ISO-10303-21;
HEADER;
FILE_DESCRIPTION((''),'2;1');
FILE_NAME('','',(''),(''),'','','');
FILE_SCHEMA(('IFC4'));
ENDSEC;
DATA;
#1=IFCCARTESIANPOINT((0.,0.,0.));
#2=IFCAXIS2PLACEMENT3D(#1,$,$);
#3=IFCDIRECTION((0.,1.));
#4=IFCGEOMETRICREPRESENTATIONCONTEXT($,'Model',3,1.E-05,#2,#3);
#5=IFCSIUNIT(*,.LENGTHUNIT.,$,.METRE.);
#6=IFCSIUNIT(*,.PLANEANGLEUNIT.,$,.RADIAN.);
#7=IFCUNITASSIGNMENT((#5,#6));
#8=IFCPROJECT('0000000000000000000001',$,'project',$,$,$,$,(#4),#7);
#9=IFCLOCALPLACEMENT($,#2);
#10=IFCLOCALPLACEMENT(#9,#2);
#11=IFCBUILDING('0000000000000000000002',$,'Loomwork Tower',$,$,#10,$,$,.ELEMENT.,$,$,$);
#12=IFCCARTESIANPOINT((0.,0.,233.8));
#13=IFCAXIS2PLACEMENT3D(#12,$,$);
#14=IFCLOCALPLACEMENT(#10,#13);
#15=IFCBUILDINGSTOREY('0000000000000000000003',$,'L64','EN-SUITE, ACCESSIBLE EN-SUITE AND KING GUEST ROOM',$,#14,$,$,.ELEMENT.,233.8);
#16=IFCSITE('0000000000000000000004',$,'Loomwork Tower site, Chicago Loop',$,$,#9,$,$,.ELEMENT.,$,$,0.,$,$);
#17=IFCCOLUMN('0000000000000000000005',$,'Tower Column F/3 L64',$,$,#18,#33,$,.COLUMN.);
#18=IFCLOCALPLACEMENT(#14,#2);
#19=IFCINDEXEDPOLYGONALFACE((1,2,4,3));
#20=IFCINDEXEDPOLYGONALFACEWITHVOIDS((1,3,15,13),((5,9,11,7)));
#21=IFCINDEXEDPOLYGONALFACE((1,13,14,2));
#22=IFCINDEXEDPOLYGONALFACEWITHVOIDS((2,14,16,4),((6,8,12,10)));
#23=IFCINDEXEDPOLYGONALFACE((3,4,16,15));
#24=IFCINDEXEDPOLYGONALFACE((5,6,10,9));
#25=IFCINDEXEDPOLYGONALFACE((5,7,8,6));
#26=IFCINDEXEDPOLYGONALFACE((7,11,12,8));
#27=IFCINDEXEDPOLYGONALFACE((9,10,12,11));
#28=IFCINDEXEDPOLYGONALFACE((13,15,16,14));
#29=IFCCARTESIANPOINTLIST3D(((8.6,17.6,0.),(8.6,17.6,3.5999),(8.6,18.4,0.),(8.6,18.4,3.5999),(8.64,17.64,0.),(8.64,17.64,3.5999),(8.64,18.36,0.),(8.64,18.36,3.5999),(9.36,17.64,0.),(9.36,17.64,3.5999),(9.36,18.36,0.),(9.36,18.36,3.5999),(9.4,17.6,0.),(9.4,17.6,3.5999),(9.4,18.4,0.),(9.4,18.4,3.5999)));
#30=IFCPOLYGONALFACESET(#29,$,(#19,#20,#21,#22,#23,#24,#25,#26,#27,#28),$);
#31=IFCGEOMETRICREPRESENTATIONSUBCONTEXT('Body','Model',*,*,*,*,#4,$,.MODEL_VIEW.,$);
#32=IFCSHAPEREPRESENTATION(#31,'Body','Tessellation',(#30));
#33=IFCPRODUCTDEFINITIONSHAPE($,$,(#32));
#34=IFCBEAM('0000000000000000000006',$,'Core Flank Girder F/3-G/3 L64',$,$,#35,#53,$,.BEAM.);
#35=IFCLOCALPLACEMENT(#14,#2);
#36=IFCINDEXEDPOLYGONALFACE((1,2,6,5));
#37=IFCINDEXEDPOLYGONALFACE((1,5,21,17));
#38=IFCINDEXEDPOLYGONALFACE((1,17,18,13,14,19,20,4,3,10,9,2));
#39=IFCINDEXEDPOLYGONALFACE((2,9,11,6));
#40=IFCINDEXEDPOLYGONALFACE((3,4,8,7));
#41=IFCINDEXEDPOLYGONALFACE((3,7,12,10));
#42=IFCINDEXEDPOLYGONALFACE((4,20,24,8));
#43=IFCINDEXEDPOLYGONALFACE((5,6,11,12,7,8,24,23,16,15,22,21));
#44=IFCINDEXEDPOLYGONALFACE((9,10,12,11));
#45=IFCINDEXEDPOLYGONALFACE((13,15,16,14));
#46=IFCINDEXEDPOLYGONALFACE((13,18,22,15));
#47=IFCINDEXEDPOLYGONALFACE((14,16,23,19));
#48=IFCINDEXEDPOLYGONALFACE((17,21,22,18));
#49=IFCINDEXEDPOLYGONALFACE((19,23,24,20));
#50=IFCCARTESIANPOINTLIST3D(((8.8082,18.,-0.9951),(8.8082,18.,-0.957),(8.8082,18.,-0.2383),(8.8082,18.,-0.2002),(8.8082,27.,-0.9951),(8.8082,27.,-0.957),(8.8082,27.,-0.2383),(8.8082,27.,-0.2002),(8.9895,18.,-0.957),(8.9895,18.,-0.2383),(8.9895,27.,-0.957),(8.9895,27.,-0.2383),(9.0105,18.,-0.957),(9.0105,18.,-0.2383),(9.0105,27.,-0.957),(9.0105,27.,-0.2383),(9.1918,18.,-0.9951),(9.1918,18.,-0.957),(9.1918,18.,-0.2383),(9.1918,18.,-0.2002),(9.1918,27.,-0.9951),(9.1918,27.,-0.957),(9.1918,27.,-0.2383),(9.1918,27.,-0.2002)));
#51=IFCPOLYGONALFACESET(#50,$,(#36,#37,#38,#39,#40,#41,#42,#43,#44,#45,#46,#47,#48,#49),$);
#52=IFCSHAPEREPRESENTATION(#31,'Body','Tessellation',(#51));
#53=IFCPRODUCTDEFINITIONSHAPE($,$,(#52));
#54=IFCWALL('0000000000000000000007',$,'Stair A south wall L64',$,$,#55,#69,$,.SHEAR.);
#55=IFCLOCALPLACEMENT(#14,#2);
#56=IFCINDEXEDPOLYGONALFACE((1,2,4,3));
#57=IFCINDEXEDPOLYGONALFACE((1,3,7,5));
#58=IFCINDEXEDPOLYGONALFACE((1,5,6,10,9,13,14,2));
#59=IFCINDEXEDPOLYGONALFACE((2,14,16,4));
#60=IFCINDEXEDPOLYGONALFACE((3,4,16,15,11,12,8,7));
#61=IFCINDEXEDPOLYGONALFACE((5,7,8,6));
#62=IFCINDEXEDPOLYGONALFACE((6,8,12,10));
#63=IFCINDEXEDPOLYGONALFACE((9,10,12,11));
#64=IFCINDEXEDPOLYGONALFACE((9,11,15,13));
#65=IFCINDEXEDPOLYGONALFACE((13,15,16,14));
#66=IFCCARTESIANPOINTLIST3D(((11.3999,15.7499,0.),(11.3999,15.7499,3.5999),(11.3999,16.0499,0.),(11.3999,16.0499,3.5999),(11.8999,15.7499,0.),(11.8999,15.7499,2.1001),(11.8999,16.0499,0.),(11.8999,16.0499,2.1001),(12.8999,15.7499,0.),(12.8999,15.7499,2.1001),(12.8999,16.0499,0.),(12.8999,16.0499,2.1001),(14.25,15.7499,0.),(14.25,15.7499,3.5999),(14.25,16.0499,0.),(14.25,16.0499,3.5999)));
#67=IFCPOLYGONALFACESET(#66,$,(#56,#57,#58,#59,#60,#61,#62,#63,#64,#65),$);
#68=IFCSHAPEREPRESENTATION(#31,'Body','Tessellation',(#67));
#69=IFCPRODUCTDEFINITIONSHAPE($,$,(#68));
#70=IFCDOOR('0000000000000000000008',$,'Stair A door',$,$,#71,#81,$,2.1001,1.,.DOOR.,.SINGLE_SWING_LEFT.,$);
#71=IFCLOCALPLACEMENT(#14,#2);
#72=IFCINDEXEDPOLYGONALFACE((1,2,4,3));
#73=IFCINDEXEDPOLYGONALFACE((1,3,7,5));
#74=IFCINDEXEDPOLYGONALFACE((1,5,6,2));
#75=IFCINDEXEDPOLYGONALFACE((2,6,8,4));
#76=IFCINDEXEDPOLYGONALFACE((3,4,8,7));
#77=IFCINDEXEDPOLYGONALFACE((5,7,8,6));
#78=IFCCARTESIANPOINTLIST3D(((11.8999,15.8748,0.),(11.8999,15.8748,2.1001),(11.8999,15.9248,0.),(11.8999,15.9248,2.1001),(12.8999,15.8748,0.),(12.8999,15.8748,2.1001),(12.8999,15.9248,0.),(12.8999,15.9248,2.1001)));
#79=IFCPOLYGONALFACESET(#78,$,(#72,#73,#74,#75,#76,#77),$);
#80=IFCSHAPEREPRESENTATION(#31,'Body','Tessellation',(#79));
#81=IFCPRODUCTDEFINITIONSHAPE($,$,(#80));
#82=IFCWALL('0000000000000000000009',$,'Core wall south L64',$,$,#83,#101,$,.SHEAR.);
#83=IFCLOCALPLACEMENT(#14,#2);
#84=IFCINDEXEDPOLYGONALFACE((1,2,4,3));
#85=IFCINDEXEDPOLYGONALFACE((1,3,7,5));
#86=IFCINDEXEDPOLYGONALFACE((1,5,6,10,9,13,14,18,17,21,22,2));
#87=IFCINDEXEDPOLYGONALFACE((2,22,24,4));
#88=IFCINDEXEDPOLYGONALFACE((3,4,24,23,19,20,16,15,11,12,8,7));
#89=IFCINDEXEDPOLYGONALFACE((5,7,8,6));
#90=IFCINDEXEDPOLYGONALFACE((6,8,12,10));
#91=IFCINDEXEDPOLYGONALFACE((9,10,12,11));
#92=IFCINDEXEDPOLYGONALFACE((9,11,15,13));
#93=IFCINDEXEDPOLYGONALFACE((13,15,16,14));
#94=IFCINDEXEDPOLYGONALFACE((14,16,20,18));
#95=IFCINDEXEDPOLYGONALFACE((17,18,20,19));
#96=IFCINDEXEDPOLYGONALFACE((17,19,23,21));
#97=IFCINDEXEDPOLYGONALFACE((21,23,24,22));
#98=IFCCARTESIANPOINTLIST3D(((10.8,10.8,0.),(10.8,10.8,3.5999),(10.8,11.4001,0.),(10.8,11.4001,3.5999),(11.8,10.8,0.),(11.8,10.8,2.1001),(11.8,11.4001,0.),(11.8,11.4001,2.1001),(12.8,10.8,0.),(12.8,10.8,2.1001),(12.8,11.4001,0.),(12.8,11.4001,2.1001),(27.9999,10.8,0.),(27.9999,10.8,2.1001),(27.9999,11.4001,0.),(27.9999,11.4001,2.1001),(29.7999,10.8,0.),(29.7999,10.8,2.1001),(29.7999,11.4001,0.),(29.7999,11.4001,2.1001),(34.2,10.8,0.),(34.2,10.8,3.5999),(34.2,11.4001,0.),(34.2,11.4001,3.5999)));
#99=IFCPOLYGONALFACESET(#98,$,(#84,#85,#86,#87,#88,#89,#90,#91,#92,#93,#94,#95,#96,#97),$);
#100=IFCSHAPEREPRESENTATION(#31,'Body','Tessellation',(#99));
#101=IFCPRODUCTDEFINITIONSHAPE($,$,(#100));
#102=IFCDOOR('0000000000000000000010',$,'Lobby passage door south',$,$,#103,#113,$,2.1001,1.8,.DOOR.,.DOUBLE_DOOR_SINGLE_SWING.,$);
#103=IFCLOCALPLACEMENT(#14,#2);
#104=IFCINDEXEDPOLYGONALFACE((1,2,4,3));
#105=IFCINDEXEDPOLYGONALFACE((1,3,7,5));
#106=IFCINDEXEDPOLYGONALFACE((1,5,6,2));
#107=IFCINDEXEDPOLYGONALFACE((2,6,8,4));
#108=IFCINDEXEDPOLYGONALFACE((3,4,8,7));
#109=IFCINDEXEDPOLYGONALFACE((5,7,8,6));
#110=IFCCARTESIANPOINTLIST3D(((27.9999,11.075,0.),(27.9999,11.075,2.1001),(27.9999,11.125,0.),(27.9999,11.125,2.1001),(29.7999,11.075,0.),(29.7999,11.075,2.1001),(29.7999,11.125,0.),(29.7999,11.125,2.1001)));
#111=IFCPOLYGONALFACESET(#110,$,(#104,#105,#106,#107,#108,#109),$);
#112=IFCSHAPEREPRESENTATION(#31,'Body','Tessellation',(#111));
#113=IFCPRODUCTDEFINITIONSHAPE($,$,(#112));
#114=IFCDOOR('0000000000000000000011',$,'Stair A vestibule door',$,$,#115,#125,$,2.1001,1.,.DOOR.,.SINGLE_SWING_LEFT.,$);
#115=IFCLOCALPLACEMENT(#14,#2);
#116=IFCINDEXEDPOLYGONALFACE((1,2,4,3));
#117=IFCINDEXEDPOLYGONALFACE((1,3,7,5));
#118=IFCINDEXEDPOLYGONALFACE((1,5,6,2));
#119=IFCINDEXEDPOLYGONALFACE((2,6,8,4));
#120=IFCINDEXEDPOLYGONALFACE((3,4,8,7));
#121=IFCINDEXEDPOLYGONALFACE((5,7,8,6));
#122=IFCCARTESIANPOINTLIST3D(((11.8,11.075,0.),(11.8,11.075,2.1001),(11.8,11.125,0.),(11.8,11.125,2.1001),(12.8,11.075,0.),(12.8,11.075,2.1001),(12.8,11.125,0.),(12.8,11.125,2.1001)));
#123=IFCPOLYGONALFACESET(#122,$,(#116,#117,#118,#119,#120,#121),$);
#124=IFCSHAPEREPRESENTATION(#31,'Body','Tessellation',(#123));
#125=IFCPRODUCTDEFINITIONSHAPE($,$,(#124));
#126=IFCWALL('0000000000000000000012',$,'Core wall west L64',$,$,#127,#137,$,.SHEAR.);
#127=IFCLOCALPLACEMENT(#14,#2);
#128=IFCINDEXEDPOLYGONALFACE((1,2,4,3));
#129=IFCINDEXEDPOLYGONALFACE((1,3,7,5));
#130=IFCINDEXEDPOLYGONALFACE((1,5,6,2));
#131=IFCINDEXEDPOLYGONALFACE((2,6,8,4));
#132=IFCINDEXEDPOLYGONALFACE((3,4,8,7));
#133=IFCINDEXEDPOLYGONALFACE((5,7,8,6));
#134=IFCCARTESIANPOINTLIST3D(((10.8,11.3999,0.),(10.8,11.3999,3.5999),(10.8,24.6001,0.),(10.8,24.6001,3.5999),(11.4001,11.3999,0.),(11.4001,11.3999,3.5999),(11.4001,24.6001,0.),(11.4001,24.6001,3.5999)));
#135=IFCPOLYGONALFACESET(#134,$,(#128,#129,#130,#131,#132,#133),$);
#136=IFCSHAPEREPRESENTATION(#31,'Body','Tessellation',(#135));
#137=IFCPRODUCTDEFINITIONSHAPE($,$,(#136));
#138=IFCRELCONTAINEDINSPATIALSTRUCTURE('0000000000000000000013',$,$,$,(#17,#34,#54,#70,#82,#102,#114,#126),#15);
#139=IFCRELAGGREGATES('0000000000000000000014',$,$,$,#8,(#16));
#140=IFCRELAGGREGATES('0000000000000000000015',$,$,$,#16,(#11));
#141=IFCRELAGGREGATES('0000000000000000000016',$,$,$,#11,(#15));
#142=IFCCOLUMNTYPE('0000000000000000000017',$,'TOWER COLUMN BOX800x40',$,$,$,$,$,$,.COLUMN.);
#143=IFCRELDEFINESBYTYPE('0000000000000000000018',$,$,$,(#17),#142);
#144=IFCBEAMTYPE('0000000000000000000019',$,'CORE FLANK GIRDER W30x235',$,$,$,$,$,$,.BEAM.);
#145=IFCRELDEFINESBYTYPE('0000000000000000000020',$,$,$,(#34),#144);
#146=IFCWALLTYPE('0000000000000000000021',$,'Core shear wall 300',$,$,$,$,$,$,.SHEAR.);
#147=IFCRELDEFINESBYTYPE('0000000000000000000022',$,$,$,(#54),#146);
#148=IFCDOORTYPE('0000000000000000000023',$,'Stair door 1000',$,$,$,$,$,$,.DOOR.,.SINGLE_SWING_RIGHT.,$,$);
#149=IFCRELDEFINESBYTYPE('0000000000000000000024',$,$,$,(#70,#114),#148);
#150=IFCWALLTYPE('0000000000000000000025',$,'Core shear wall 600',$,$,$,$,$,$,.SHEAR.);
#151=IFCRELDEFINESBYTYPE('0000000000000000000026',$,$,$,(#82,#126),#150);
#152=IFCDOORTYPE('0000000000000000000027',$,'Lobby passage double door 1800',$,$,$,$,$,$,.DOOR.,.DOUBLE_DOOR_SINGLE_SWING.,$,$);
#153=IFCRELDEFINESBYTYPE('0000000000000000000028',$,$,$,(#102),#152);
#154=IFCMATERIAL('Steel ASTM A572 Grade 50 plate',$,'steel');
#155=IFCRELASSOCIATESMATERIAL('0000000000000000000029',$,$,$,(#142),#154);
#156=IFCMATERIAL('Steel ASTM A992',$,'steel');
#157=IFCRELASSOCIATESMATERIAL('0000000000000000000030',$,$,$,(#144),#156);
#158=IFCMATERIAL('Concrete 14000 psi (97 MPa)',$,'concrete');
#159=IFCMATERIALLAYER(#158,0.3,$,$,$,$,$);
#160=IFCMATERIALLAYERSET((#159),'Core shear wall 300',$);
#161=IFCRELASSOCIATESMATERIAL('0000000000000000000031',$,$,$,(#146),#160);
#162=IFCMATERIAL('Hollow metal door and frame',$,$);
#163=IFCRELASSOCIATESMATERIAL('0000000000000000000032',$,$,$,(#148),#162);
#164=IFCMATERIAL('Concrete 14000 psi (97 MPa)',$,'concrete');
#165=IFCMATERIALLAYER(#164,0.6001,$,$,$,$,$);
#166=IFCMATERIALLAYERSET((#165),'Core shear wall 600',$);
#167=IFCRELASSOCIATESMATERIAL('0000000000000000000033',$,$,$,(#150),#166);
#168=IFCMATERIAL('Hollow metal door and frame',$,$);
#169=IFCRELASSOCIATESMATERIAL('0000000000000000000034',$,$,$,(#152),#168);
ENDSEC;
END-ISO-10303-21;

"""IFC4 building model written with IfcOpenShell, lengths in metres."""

from ifc_helpers import new_model, si_unit, direction, frame, frame_2d, origin, origin_2d, place, context, subcontext, project, spatial, rectangle, hollow_rectangle, i_section, extrude, material, layer, layer_set, material_profile, profile_set, type_object, element, fill, save


model = new_model("IFC4")

# Units and contexts
model_context = context("Model", 3, precision=1e-05, world=origin(), true_north=direction((0.0, 1.0)))
body_context = subcontext(model_context, "Body", "Model", "MODEL_VIEW")
ifc_project = project(units=[si_unit("LENGTHUNIT", "METRE"), si_unit("PLANEANGLEUNIT", "RADIAN")], contexts=[model_context])

# Site, building, storey
site_placement = place(None, origin())
site = spatial("IfcSite", under=ifc_project, at=site_placement, Name="Loomwork Tower site, Chicago Loop", CompositionType="ELEMENT", RefElevation=0.0)
building_placement = place(site_placement, origin())
building = spatial("IfcBuilding", under=site, at=building_placement, Name="Loomwork Tower", CompositionType="ELEMENT")
storey_placement = place(building_placement, frame((0.0, 0.0, 233.8)))
storey = spatial("IfcBuildingStorey", under=building, at=storey_placement, Name="L64", Description="EN-SUITE, ACCESSIBLE EN-SUITE AND KING GUEST ROOM", CompositionType="ELEMENT", Elevation=233.8)

# Column
ifc_material_1 = material(Name="Steel ASTM A572 Grade 50 plate", Category="steel")
ifc_material_profile_1 = material_profile(ifc_material_1, hollow_rectangle(XDim=0.8, YDim=0.8, WallThickness=0.04, at=origin_2d()), Name="BOX800x40")
ifc_profile_set_1 = profile_set([ifc_material_profile_1], Name="Steel ASTM A572 Grade 50 plate")
column_type = type_object("IfcColumnType", Name="TOWER COLUMN BOX800x40", PredefinedType="COLUMN", material=ifc_profile_set_1)
column_placement = place(storey_placement, frame((9.0, 18.0, 0.0), z_axis=(0.0, 0.0, 1.0), x_axis=(1.0, 0.0, 0.0)))
element("IfcColumn", 1, at=column_placement, inside=storey, type_object=column_type, Name="Tower Column F/3 L64", PredefinedType="COLUMN", context=body_context, shape_type="SweptSolid", body=[
    extrude(hollow_rectangle(XDim=0.8, YDim=0.8, WallThickness=0.04, at=origin_2d()), origin(), (0.0, 0.0, 1.0), 3.5999),
])

# Beam
ifc_material_2 = material(Name="Steel ASTM A992", Category="steel")
ifc_material_profile_2 = material_profile(ifc_material_2, i_section(OverallWidth=0.3835, OverallDepth=0.7949, WebThickness=0.021, FlangeThickness=0.0381, at=origin_2d()), Name="W30x235")
ifc_profile_set_2 = profile_set([ifc_material_profile_2], Name="Steel ASTM A992")
beam_type = type_object("IfcBeamType", Name="CORE FLANK GIRDER W30x235", PredefinedType="BEAM", material=ifc_profile_set_2)
beam_placement = place(storey_placement, frame((9.0, 18.0, -0.5977), z_axis=(0.0, 1.0, 0.0), x_axis=(-1.0, 0.0, 0.0)))
element("IfcBeam", 2, at=beam_placement, inside=storey, type_object=beam_type, Name="Core Flank Girder F/3-G/3 L64", PredefinedType="BEAM", context=body_context, shape_type="SweptSolid", body=[
    extrude(i_section(OverallWidth=0.3835, OverallDepth=0.7949, WebThickness=0.021, FlangeThickness=0.0381, at=origin_2d()), origin(), (0.0, 0.0, 1.0), 9.0),
])

# Wall, opening, door
ifc_material_3 = material(Name="Concrete 14000 psi (97 MPa)", Category="concrete")
ifc_layer_1 = layer(ifc_material_3, 0.3)
ifc_layer_set_1 = layer_set([ifc_layer_1], Name="Core shear wall 300")
wall_type_1 = type_object("IfcWallType", Name="Core shear wall 300", PredefinedType="SHEAR", material=ifc_layer_set_1)
wall_1_placement = place(storey_placement, frame((11.3999, 15.8999, 0.0), z_axis=(0.0, 0.0, 1.0), x_axis=(1.0, 0.0, 0.0)))
wall_1 = element("IfcWall", 3, at=wall_1_placement, inside=storey, type_object=wall_type_1, Name="Stair A south wall L64", PredefinedType="SHEAR", context=body_context, shape_type="SweptSolid", body=[
    extrude(rectangle(XDim=2.8501, YDim=0.3, at=frame_2d((1.425, 0.0))), origin(), (0.0, 0.0, 1.0), 3.5999),
])
opening_1_placement = place(wall_1_placement, frame((0.5, 0.0, 0.0)))
opening_1 = element("IfcOpeningElement", 4, at=opening_1_placement, cuts=wall_1, PredefinedType="OPENING", context=body_context, shape_type="SweptSolid", body=[
    extrude(rectangle(XDim=1.0, YDim=2.1001, at=frame_2d((0.5, 1.05))), frame((0.0, 0.1599, 0.0), z_axis=(0.0, -1.0, 0.0), x_axis=(1.0, 0.0, 0.0)), (0.0, 0.0, 1.0), 0.3201),
])
ifc_material_4 = material(Name="Hollow metal door and frame")
door_type_1 = type_object("IfcDoorType", Name="Stair door 1000", OperationType="SINGLE_SWING_RIGHT", PredefinedType="DOOR", material=ifc_material_4)
door_1_placement = place(opening_1_placement, origin())
door_1 = element("IfcDoor", 5, at=door_1_placement, inside=storey, type_object=door_type_1, Name="Stair A door", OperationType="SINGLE_SWING_LEFT", OverallHeight=2.1001, OverallWidth=1.0, PredefinedType="DOOR", context=body_context, shape_type="SweptSolid", body=[
    extrude(rectangle(XDim=1.0, YDim=2.1001, at=frame_2d((0.5, 1.05))), frame((0.0, 0.0249, 0.0), z_axis=(0.0, -1.0, 0.0), x_axis=(1.0, 0.0, 0.0)), (0.0, 0.0, 1.0), 0.05),
])
fill(opening_1, door_1)

# Wall, openings, doors
ifc_material_5 = material(Name="Concrete 14000 psi (97 MPa)", Category="concrete")
ifc_layer_2 = layer(ifc_material_5, 0.6001)
ifc_layer_set_2 = layer_set([ifc_layer_2], Name="Core shear wall 600")
wall_type_2 = type_object("IfcWallType", Name="Core shear wall 600", PredefinedType="SHEAR", material=ifc_layer_set_2)
wall_2_placement = place(storey_placement, frame((10.8, 11.1001, 0.0), z_axis=(0.0, 0.0, 1.0), x_axis=(1.0, 0.0, 0.0)))
wall_2 = element("IfcWall", 6, at=wall_2_placement, inside=storey, type_object=wall_type_2, Name="Core wall south L64", PredefinedType="SHEAR", context=body_context, shape_type="SweptSolid", body=[
    extrude(rectangle(XDim=23.3999, YDim=0.6001, at=frame_2d((11.7, 0.0))), origin(), (0.0, 0.0, 1.0), 3.5999),
])
opening_2_placement = place(wall_2_placement, frame((1.0, 0.0, 0.0)))
opening_2 = element("IfcOpeningElement", 7, at=opening_2_placement, cuts=wall_2, PredefinedType="OPENING", context=body_context, shape_type="SweptSolid", body=[
    extrude(rectangle(XDim=1.0, YDim=2.1001, at=frame_2d((0.5, 1.05))), frame((0.0, 0.3101, 0.0), z_axis=(0.0, -1.0, 0.0), x_axis=(1.0, 0.0, 0.0)), (0.0, 0.0, 1.0), 0.6201),
])
opening_3_placement = place(wall_2_placement, frame((17.2, 0.0, 0.0)))
opening_3 = element("IfcOpeningElement", 8, at=opening_3_placement, cuts=wall_2, PredefinedType="OPENING", context=body_context, shape_type="SweptSolid", body=[
    extrude(rectangle(XDim=1.8, YDim=2.1001, at=frame_2d((0.8999, 1.05))), frame((0.0, 0.3101, 0.0), z_axis=(0.0, -1.0, 0.0), x_axis=(1.0, 0.0, 0.0)), (0.0, 0.0, 1.0), 0.6201),
])
ifc_material_6 = material(Name="Hollow metal door and frame")
door_type_2 = type_object("IfcDoorType", Name="Lobby passage double door 1800", OperationType="DOUBLE_DOOR_SINGLE_SWING", PredefinedType="DOOR", material=ifc_material_6)
door_2_placement = place(opening_3_placement, origin())
door_2 = element("IfcDoor", 9, at=door_2_placement, inside=storey, type_object=door_type_2, Name="Lobby passage door south", OperationType="DOUBLE_DOOR_SINGLE_SWING", OverallHeight=2.1001, OverallWidth=1.8, PredefinedType="DOOR", context=body_context, shape_type="SweptSolid", body=[
    extrude(rectangle(XDim=1.8, YDim=2.1001, at=frame_2d((0.8999, 1.05))), frame((0.0, 0.0249, 0.0), z_axis=(0.0, -1.0, 0.0), x_axis=(1.0, 0.0, 0.0)), (0.0, 0.0, 1.0), 0.05),
])
fill(opening_3, door_2)
door_3_placement = place(opening_2_placement, origin())
door_3 = element("IfcDoor", 10, at=door_3_placement, inside=storey, type_object=door_type_1, Name="Stair A vestibule door", OperationType="SINGLE_SWING_LEFT", OverallHeight=2.1001, OverallWidth=1.0, PredefinedType="DOOR", context=body_context, shape_type="SweptSolid", body=[
    extrude(rectangle(XDim=1.0, YDim=2.1001, at=frame_2d((0.5, 1.05))), frame((0.0, 0.0249, 0.0), z_axis=(0.0, -1.0, 0.0), x_axis=(1.0, 0.0, 0.0)), (0.0, 0.0, 1.0), 0.05),
])
fill(opening_2, door_3)

# Wall
wall_3_placement = place(storey_placement, frame((11.1001, 11.3999, 0.0), z_axis=(0.0, 0.0, 1.0), x_axis=(0.0, 1.0, 0.0)))
element("IfcWall", 11, at=wall_3_placement, inside=storey, type_object=wall_type_2, Name="Core wall west L64", PredefinedType="SHEAR", context=body_context, shape_type="SweptSolid", body=[
    extrude(rectangle(XDim=13.2002, YDim=0.6001, at=frame_2d((6.6001, 0.0))), origin(), (0.0, 0.0, 1.0), 3.5999),
])

save(model, "model.ifc")
